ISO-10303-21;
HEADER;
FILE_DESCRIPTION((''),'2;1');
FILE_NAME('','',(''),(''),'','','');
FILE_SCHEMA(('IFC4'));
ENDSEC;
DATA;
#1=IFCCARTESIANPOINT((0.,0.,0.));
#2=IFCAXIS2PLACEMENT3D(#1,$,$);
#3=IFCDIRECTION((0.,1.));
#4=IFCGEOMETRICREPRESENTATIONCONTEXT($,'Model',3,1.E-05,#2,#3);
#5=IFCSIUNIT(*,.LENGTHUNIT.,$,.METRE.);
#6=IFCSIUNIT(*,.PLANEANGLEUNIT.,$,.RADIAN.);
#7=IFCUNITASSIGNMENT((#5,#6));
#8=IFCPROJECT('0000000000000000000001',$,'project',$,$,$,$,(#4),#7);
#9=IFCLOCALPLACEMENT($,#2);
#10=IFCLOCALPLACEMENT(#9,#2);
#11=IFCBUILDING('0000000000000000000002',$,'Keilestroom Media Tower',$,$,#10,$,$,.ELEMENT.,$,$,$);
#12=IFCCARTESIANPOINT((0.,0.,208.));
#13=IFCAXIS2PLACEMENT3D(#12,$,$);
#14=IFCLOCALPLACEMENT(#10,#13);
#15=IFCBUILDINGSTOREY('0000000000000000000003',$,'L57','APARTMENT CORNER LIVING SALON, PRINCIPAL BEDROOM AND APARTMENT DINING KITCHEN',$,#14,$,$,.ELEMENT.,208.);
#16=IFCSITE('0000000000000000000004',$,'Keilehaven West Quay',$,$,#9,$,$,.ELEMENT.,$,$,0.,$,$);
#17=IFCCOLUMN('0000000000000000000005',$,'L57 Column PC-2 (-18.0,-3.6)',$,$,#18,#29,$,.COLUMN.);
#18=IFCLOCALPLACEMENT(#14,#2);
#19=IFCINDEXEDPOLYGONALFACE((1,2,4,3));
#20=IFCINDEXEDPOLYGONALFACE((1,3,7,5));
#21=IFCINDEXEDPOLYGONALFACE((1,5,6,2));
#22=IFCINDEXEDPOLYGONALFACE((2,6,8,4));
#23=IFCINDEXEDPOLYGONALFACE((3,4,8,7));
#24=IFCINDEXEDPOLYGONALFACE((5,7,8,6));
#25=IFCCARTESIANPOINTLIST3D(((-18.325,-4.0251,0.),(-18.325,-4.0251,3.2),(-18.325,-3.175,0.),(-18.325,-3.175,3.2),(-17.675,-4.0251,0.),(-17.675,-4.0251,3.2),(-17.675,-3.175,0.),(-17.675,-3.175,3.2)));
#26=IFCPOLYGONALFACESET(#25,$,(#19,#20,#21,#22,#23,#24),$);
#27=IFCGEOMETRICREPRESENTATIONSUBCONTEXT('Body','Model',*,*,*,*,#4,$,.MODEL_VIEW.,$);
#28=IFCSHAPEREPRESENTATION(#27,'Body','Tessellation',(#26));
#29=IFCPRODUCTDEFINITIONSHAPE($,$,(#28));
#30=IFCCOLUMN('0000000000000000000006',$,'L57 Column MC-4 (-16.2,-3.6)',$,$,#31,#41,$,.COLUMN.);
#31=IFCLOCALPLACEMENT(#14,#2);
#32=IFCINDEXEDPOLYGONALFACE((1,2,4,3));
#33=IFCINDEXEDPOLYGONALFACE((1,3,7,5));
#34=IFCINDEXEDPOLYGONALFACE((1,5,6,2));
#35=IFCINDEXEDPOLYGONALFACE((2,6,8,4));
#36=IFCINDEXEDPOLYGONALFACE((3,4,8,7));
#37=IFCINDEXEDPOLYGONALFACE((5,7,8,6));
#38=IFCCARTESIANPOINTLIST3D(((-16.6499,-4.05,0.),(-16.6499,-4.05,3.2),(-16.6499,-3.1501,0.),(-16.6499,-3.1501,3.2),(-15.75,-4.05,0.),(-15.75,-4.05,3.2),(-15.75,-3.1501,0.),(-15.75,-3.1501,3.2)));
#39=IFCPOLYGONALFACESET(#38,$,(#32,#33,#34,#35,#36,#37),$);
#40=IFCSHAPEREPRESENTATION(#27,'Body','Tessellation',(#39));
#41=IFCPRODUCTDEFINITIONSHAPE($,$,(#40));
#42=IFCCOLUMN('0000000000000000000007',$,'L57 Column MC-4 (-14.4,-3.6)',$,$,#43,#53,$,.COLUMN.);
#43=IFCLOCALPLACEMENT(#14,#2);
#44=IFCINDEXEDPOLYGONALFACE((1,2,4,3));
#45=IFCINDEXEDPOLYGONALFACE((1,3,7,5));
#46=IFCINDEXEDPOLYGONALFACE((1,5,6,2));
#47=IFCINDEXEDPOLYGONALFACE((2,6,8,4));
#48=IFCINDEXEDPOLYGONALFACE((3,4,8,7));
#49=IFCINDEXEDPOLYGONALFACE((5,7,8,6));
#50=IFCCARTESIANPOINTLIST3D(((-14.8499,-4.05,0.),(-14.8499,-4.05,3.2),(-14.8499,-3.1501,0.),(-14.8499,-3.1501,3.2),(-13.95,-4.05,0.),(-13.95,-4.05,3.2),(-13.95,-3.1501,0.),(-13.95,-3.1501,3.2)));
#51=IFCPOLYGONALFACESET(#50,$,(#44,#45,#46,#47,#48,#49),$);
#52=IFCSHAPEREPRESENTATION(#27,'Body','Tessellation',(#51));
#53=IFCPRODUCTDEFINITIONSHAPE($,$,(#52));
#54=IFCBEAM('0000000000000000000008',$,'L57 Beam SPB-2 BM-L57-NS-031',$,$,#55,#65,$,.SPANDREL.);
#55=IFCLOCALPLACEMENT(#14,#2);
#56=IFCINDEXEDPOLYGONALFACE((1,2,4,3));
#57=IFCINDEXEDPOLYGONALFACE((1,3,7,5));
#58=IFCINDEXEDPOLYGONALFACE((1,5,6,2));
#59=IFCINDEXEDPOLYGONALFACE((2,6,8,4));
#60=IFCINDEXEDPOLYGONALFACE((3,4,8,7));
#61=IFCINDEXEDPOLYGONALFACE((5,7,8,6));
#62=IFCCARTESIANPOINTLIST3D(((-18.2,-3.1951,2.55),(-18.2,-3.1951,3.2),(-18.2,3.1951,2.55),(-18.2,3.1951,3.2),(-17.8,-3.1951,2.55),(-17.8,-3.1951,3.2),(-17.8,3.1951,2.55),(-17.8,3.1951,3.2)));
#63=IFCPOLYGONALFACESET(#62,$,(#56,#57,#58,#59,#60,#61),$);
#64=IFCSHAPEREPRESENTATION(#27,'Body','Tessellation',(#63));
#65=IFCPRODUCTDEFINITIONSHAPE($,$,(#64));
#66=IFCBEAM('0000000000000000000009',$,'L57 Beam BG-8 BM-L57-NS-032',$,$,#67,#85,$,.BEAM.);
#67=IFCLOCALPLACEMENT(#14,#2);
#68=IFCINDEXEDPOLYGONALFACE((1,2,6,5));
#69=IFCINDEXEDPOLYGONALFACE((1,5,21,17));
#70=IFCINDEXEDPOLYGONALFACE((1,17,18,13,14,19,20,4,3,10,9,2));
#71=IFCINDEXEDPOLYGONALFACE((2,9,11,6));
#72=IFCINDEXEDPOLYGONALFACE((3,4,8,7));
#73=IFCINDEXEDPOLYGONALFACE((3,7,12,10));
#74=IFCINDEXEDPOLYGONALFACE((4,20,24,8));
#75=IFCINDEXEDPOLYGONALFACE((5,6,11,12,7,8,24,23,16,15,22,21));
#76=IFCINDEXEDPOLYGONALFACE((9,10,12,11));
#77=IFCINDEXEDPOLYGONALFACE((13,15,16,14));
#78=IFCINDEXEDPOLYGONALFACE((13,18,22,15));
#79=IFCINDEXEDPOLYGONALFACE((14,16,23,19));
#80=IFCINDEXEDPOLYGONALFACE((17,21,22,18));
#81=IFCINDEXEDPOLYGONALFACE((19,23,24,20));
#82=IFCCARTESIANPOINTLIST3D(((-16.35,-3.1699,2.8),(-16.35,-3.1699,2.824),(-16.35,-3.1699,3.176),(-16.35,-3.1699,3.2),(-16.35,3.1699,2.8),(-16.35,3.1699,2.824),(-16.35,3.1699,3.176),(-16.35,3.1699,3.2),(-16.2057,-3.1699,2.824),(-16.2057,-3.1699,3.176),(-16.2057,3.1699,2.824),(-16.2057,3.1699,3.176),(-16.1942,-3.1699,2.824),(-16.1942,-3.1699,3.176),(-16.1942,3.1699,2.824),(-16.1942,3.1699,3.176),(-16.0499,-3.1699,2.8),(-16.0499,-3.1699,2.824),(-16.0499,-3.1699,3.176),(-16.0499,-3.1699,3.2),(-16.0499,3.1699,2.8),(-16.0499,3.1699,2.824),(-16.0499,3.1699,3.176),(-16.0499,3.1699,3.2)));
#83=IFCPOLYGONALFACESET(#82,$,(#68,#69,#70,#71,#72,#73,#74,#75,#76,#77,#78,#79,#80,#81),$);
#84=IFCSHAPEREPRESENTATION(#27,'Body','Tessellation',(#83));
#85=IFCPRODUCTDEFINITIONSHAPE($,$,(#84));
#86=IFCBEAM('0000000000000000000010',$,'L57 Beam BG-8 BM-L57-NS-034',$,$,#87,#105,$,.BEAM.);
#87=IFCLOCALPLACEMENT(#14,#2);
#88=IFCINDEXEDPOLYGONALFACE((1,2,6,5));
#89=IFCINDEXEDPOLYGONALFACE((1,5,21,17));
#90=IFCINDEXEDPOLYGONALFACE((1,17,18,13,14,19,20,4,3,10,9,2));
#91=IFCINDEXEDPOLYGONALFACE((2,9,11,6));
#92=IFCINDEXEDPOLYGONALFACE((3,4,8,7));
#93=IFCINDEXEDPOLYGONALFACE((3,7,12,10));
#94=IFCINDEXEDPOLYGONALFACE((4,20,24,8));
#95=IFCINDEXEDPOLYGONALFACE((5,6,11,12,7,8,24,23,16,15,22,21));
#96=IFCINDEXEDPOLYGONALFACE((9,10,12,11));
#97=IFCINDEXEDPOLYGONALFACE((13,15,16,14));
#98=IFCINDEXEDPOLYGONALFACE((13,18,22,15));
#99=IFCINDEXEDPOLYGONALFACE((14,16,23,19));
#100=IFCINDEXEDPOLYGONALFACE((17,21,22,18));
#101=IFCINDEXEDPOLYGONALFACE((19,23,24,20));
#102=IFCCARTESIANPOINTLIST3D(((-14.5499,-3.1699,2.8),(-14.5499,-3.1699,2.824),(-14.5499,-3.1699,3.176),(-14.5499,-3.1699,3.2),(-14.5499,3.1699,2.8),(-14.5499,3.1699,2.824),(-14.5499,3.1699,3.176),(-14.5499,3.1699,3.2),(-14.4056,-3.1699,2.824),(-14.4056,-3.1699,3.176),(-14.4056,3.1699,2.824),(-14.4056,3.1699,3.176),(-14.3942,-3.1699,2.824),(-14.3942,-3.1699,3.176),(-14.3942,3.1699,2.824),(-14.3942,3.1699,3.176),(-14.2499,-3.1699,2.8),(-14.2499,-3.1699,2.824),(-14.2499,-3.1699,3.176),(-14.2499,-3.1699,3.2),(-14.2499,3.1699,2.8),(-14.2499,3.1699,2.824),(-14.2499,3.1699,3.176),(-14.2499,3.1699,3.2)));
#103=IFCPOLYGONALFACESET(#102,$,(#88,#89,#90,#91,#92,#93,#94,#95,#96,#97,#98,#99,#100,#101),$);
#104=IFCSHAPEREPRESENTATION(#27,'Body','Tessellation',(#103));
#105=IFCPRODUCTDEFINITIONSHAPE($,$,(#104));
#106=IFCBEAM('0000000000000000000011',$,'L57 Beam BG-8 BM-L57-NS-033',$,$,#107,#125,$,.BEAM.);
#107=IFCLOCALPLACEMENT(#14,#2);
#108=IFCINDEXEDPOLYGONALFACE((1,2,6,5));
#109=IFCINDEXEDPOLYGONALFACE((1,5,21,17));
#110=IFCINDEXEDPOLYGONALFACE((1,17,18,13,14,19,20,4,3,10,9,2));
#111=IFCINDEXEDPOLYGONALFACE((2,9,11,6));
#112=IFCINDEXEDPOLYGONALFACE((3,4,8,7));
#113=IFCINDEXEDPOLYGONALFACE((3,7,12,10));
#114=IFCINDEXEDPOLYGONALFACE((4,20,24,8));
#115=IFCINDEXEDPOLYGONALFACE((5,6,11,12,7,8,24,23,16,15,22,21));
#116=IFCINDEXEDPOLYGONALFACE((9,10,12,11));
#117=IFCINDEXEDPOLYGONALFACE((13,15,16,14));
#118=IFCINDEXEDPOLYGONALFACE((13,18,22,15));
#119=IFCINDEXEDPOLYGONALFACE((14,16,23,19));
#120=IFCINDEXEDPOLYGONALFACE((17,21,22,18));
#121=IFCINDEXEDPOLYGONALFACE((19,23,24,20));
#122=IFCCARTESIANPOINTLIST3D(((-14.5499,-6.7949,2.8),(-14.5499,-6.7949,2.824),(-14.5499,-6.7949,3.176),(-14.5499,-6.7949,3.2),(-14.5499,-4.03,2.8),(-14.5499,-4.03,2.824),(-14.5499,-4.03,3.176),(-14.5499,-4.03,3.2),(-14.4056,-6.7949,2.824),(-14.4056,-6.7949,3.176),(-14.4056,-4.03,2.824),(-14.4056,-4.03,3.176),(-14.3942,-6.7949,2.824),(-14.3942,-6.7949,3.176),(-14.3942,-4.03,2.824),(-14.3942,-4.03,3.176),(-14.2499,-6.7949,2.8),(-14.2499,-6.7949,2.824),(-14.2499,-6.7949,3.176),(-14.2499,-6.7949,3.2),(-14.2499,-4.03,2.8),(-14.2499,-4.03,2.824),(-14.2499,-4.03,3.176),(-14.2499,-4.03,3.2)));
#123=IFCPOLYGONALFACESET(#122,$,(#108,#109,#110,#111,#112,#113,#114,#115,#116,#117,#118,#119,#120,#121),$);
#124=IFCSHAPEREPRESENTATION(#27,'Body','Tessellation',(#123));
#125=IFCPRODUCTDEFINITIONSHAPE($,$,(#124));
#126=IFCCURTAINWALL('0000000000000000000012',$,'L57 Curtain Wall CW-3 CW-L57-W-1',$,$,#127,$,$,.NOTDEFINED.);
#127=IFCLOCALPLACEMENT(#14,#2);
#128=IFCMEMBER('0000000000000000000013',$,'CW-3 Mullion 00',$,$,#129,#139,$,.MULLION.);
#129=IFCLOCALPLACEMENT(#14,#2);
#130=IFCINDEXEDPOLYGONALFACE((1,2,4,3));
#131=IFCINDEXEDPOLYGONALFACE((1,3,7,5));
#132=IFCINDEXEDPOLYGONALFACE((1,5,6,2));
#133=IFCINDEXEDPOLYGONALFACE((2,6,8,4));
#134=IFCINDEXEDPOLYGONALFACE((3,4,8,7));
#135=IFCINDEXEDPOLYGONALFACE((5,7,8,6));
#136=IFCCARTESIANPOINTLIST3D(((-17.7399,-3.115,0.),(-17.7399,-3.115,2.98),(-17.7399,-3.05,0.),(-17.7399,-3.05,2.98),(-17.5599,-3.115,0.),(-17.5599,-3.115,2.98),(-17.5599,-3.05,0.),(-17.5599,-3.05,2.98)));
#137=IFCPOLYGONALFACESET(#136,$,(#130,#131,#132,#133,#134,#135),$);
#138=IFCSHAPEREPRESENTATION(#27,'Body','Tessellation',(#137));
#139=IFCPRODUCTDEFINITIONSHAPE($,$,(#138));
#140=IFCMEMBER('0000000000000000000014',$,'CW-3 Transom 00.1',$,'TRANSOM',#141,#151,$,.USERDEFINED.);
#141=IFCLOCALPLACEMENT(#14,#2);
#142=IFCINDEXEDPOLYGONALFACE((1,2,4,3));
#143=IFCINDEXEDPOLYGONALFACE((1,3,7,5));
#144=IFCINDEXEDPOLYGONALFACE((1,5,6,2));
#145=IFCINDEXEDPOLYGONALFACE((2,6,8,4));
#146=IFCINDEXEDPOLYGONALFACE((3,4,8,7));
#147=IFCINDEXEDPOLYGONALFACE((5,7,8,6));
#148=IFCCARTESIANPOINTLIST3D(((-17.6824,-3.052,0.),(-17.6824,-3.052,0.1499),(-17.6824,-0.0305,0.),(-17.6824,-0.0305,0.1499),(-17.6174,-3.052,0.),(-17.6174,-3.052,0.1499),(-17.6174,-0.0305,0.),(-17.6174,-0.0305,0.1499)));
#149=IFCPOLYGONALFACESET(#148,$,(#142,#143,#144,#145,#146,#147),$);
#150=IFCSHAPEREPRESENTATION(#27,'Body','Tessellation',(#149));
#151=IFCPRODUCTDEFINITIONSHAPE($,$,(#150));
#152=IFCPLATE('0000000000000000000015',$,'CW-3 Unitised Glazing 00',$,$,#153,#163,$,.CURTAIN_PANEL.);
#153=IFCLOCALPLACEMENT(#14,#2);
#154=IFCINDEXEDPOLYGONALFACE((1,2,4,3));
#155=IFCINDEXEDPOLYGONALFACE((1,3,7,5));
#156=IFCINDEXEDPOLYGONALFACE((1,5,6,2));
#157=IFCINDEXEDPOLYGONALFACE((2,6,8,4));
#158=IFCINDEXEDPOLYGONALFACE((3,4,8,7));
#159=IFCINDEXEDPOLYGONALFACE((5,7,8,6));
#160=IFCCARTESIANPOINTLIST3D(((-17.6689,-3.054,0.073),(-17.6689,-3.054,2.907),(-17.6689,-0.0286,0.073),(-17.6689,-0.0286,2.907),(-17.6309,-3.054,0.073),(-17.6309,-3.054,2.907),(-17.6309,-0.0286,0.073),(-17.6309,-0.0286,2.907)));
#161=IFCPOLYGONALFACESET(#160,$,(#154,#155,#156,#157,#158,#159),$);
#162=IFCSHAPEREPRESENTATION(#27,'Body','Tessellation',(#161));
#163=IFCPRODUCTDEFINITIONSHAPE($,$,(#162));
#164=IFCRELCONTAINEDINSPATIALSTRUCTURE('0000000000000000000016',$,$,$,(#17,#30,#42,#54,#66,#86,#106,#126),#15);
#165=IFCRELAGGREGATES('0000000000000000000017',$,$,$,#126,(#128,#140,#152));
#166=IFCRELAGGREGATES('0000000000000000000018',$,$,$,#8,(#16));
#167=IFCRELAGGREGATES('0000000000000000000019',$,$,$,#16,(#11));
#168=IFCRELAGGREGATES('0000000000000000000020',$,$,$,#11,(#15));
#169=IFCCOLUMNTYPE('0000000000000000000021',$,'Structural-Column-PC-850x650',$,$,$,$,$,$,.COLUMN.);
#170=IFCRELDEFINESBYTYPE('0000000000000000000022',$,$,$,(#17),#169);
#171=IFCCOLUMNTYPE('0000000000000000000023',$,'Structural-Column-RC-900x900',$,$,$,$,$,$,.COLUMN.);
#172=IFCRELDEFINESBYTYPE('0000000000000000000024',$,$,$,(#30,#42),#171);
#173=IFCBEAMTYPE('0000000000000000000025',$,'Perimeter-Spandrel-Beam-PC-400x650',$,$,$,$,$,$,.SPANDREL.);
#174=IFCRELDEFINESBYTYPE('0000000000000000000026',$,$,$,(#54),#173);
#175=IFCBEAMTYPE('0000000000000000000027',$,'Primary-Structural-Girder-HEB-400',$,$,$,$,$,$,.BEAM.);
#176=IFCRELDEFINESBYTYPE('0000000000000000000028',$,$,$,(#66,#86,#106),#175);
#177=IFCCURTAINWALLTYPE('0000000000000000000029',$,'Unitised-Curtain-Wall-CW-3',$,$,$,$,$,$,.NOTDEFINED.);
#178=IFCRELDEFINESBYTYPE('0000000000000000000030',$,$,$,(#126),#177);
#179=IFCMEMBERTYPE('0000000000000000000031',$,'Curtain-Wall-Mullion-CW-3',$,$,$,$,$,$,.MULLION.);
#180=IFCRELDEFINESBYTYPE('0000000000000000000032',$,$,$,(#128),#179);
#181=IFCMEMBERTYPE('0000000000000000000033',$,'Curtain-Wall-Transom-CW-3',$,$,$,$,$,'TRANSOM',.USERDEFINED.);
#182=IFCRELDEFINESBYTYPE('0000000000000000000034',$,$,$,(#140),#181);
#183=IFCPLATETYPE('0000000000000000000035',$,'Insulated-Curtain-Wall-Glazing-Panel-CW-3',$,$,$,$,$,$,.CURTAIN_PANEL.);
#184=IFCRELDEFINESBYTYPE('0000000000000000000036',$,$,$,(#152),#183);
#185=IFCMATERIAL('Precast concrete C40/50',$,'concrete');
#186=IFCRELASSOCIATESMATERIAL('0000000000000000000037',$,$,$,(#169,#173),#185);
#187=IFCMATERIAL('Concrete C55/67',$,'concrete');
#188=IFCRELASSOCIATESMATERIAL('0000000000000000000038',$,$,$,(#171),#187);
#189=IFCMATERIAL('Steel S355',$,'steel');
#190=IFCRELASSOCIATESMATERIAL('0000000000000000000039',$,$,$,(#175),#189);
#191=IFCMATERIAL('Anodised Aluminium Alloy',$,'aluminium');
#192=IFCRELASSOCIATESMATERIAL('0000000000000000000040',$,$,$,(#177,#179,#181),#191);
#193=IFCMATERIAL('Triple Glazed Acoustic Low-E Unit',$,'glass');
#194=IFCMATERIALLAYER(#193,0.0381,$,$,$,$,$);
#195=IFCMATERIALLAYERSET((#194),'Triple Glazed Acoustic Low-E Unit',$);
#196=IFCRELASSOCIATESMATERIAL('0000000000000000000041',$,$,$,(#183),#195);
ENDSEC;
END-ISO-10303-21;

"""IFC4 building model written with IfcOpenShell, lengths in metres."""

from ifc_helpers import new_model, si_unit, direction, frame, origin, origin_2d, place, context, subcontext, project, spatial, rectangle, i_section, extrude, source, transform, mapped, material, layer, layer_set, material_profile, profile_set, type_object, element, aggregate, save


model = new_model("IFC4")

# Units and contexts
model_context = context("Model", 3, precision=1e-05, world=origin(), true_north=direction((0.0, 1.0)))
body_context = subcontext(model_context, "Body", "Model", "MODEL_VIEW")
ifc_project = project(units=[si_unit("LENGTHUNIT", "METRE"), si_unit("PLANEANGLEUNIT", "RADIAN")], contexts=[model_context])

# Site, building, storey
site_placement = place(None, origin())
site = spatial("IfcSite", under=ifc_project, at=site_placement, Name="Keilehaven West Quay", CompositionType="ELEMENT", RefElevation=0.0)
building_placement = place(site_placement, origin())
building = spatial("IfcBuilding", under=site, at=building_placement, Name="Keilestroom Media Tower", CompositionType="ELEMENT")
storey_placement = place(building_placement, frame((0.0, 0.0, 208.0)))
storey = spatial("IfcBuildingStorey", under=building, at=storey_placement, Name="L57", Description="APARTMENT CORNER LIVING SALON, PRINCIPAL BEDROOM AND APARTMENT DINING KITCHEN", CompositionType="ELEMENT", Elevation=208.0)

# Columns
ifc_material_1 = material(Name="Precast concrete C40/50", Category="concrete")
ifc_material_profile_1 = material_profile(ifc_material_1, rectangle(XDim=0.6499, YDim=0.8501, at=origin_2d()), Name="PC 850x650")
ifc_profile_set_1 = profile_set([ifc_material_profile_1], Name="Precast concrete C40/50")
column_type_1 = type_object("IfcColumnType", Name="Structural-Column-PC-850x650", PredefinedType="COLUMN", material=ifc_profile_set_1)
shared_shape_1 = source(origin(), body_context, "Body", "SweptSolid", [
    extrude(rectangle(XDim=0.6499, YDim=0.8501, at=origin_2d()), origin(), (0.0, 0.0, 1.0), 3.2),
])
column_placement = place(storey_placement, frame((-18.0, -3.6001, 0.0), z_axis=(0.0, 0.0, 1.0), x_axis=(1.0, 0.0, 0.0)))
element("IfcColumn", 1, at=column_placement, inside=storey, type_object=column_type_1, Name="L57 Column PC-2 (-18.0,-3.6)", PredefinedType="COLUMN", context=body_context, shape_type="MappedRepresentation", body=[
    mapped(shared_shape_1, transform((0.0, 0.0, 0.0), x_axis=(1.0, 0.0, 0.0), y_axis=(0.0, 1.0, 0.0), z_axis=(0.0, 0.0, 1.0), scale=1.0)),
])
ifc_material_2 = material(Name="Concrete C55/67", Category="concrete")
ifc_material_profile_2 = material_profile(ifc_material_2, rectangle(XDim=0.8999, YDim=0.8999, at=origin_2d()), Name="RC 900x900")
ifc_profile_set_2 = profile_set([ifc_material_profile_2], Name="Concrete C55/67")
column_type_2 = type_object("IfcColumnType", Name="Structural-Column-RC-900x900", PredefinedType="COLUMN", material=ifc_profile_set_2)
shared_shape_2 = source(origin(), body_context, "Body", "SweptSolid", [
    extrude(rectangle(XDim=0.8999, YDim=0.8999, at=origin_2d()), origin(), (0.0, 0.0, 1.0), 3.2),
])
for number, where, z_axis, x_axis, name in (
    (2, (-16.2, -3.6001, 0.0), (0.0, 0.0, 1.0), (1.0, 0.0, 0.0), "L57 Column MC-4 (-16.2,-3.6)"),
    (3, (-14.3999, -3.6001, 0.0), (0.0, 0.0, 1.0), (1.0, 0.0, 0.0), "L57 Column MC-4 (-14.4,-3.6)"),
):
    element("IfcColumn", number, at=place(storey_placement, frame(where, z_axis=z_axis, x_axis=x_axis)), inside=storey, type_object=column_type_2, Name=name, PredefinedType="COLUMN", context=body_context, shape_type="MappedRepresentation", body=[
        mapped(shared_shape_2, transform((0.0, 0.0, 0.0), x_axis=(1.0, 0.0, 0.0), y_axis=(0.0, 1.0, 0.0), z_axis=(0.0, 0.0, 1.0), scale=1.0)),
    ])

# Beams
ifc_material_profile_3 = material_profile(ifc_material_1, rectangle(XDim=0.3999, YDim=0.6499, at=origin_2d()), Name="PC 400x650")
ifc_profile_set_3 = profile_set([ifc_material_profile_3], Name="Precast concrete C40/50")
beam_type_1 = type_object("IfcBeamType", Name="Perimeter-Spandrel-Beam-PC-400x650", PredefinedType="SPANDREL", material=ifc_profile_set_3)
shared_shape_3 = source(origin(), body_context, "Body", "SweptSolid", [
    extrude(rectangle(XDim=0.3999, YDim=0.6499, at=origin_2d()), origin(), (0.0, 0.0, 1.0), 6.3901),
])
beam_1_placement = place(storey_placement, frame((-18.0, -3.1951, 2.875), z_axis=(0.0, 1.0, 0.0), x_axis=(-1.0, 0.0, 0.0)))
element("IfcBeam", 4, at=beam_1_placement, inside=storey, type_object=beam_type_1, Name="L57 Beam SPB-2 BM-L57-NS-031", PredefinedType="SPANDREL", context=body_context, shape_type="MappedRepresentation", body=[
    mapped(shared_shape_3, transform((0.0, 0.0, 0.0), x_axis=(1.0, 0.0, 0.0), y_axis=(0.0, 1.0, 0.0), z_axis=(0.0, 0.0, 1.0), scale=1.0)),
])
ifc_material_3 = material(Name="Steel S355", Category="steel")
ifc_material_profile_4 = material_profile(ifc_material_3, i_section(OverallWidth=0.3, OverallDepth=0.3999, WebThickness=0.0115, FlangeThickness=0.0239, at=origin_2d()), Name="HEB 400")
ifc_profile_set_4 = profile_set([ifc_material_profile_4], Name="Steel S355")
beam_type_2 = type_object("IfcBeamType", Name="Primary-Structural-Girder-HEB-400", PredefinedType="BEAM", material=ifc_profile_set_4)
shared_shape_4 = source(origin(), body_context, "Body", "SweptSolid", [
    extrude(i_section(OverallWidth=0.3, OverallDepth=0.3999, WebThickness=0.0115, FlangeThickness=0.0239, at=origin_2d()), origin(), (0.0, 0.0, 1.0), 6.3398),
])
for number, where, z_axis, x_axis, name in (
    (5, (-16.2, -3.1699, 3.0), (0.0, 1.0, 0.0), (-1.0, 0.0, 0.0), "L57 Beam BG-8 BM-L57-NS-032"),
    (6, (-14.3999, -3.1699, 3.0), (0.0, 1.0, 0.0), (-1.0, 0.0, 0.0), "L57 Beam BG-8 BM-L57-NS-034"),
):
    element("IfcBeam", number, at=place(storey_placement, frame(where, z_axis=z_axis, x_axis=x_axis)), inside=storey, type_object=beam_type_2, Name=name, PredefinedType="BEAM", context=body_context, shape_type="MappedRepresentation", body=[
        mapped(shared_shape_4, transform((0.0, 0.0, 0.0), x_axis=(1.0, 0.0, 0.0), y_axis=(0.0, 1.0, 0.0), z_axis=(0.0, 0.0, 1.0), scale=1.0)),
    ])
shared_shape_5 = source(origin(), body_context, "Body", "SweptSolid", [
    extrude(i_section(OverallWidth=0.3, OverallDepth=0.3999, WebThickness=0.0115, FlangeThickness=0.0239, at=origin_2d()), origin(), (0.0, 0.0, 1.0), 2.7649),
])
beam_2_placement = place(storey_placement, frame((-14.3999, -6.7949, 3.0), z_axis=(0.0, 1.0, 0.0), x_axis=(-1.0, 0.0, 0.0)))
element("IfcBeam", 7, at=beam_2_placement, inside=storey, type_object=beam_type_2, Name="L57 Beam BG-8 BM-L57-NS-033", PredefinedType="BEAM", context=body_context, shape_type="MappedRepresentation", body=[
    mapped(shared_shape_5, transform((0.0, 0.0, 0.0), x_axis=(1.0, 0.0, 0.0), y_axis=(0.0, 1.0, 0.0), z_axis=(0.0, 0.0, 1.0), scale=1.0)),
])

# Curtain wall, members, plate
ifc_material_4 = material(Name="Anodised Aluminium Alloy", Category="aluminium")
curtain_wall_type = type_object("IfcCurtainWallType", Name="Unitised-Curtain-Wall-CW-3", PredefinedType="NOTDEFINED", material=ifc_material_4)
curtain_wall_placement = place(storey_placement, origin())
curtain_wall = element("IfcCurtainWall", 8, at=curtain_wall_placement, inside=storey, type_object=curtain_wall_type, Name="L57 Curtain Wall CW-3 CW-L57-W-1", PredefinedType="NOTDEFINED")
ifc_material_profile_5 = material_profile(ifc_material_4, rectangle(XDim=0.0649, YDim=0.1799, at=origin_2d()), Name="ALU MULLION 65x180")
ifc_profile_set_5 = profile_set([ifc_material_profile_5], Name="Anodised Aluminium Alloy")
member_type_1 = type_object("IfcMemberType", Name="Curtain-Wall-Mullion-CW-3", PredefinedType="MULLION", material=ifc_profile_set_5)
shared_shape_6 = source(origin(), body_context, "Body", "SweptSolid", [
    extrude(rectangle(XDim=0.0649, YDim=0.1799, at=origin_2d()), origin(), (0.0, 0.0, 1.0), 2.98),
])
member_1_placement = place(storey_placement, frame((-17.6499, -3.0825, 0.0), z_axis=(0.0, 0.0, 1.0), x_axis=(0.0, 1.0, 0.0)))
member_1 = element("IfcMember", 9, at=member_1_placement, type_object=member_type_1, Name="CW-3 Mullion 00", PredefinedType="MULLION", context=body_context, shape_type="MappedRepresentation", body=[
    mapped(shared_shape_6, transform((0.0, 0.0, 0.0), x_axis=(1.0, 0.0, 0.0), y_axis=(0.0, 1.0, 0.0), z_axis=(0.0, 0.0, 1.0), scale=1.0)),
])
ifc_material_profile_6 = material_profile(ifc_material_4, rectangle(XDim=0.0649, YDim=0.1499, at=origin_2d()), Name="ALU TRANSOM 65x150")
ifc_profile_set_6 = profile_set([ifc_material_profile_6], Name="Anodised Aluminium Alloy")
member_type_2 = type_object("IfcMemberType", Name="Curtain-Wall-Transom-CW-3", ElementType="TRANSOM", PredefinedType="USERDEFINED", material=ifc_profile_set_6)
shared_shape_7 = source(origin(), body_context, "Body", "SweptSolid", [
    extrude(rectangle(XDim=0.0649, YDim=0.1499, at=origin_2d()), origin(), (0.0, 0.0, 1.0), 3.0215),
])
member_2_placement = place(storey_placement, frame((-17.6499, -3.052, 0.075), z_axis=(0.0, 1.0, 0.0), x_axis=(-1.0, 0.0, 0.0)))
member_2 = element("IfcMember", 10, at=member_2_placement, type_object=member_type_2, Name="CW-3 Transom 00.1", ObjectType="TRANSOM", PredefinedType="USERDEFINED", context=body_context, shape_type="MappedRepresentation", body=[
    mapped(shared_shape_7, transform((0.0, 0.0, 0.0), x_axis=(1.0, 0.0, 0.0), y_axis=(0.0, 1.0, 0.0), z_axis=(0.0, 0.0, 1.0), scale=1.0)),
])
ifc_material_5 = material(Name="Triple Glazed Acoustic Low-E Unit", Category="glass")
ifc_layer_1 = layer(ifc_material_5, 0.0381)
ifc_layer_set_1 = layer_set([ifc_layer_1], Name="Triple Glazed Acoustic Low-E Unit")
plate_type = type_object("IfcPlateType", Name="Insulated-Curtain-Wall-Glazing-Panel-CW-3", PredefinedType="CURTAIN_PANEL", material=ifc_layer_set_1)
shared_shape_8 = source(origin(), body_context, "Body", "SweptSolid", [
    extrude(rectangle(XDim=3.0254, YDim=0.0381, at=origin_2d()), origin(), (0.0, 0.0, 1.0), 2.834),
])
plate_placement = place(storey_placement, frame((-17.6499, -1.5413, 0.073), z_axis=(0.0, 0.0, 1.0), x_axis=(0.0, 1.0, 0.0)))
plate = element("IfcPlate", 11, at=plate_placement, type_object=plate_type, Name="CW-3 Unitised Glazing 00", PredefinedType="CURTAIN_PANEL", context=body_context, shape_type="MappedRepresentation", body=[
    mapped(shared_shape_8, transform((0.0, 0.0, 0.0), x_axis=(1.0, 0.0, 0.0), y_axis=(0.0, 1.0, 0.0), z_axis=(0.0, 0.0, 1.0), scale=1.0)),
])
aggregate(curtain_wall, [member_1, member_2, plate])

save(model, "model.ifc")
